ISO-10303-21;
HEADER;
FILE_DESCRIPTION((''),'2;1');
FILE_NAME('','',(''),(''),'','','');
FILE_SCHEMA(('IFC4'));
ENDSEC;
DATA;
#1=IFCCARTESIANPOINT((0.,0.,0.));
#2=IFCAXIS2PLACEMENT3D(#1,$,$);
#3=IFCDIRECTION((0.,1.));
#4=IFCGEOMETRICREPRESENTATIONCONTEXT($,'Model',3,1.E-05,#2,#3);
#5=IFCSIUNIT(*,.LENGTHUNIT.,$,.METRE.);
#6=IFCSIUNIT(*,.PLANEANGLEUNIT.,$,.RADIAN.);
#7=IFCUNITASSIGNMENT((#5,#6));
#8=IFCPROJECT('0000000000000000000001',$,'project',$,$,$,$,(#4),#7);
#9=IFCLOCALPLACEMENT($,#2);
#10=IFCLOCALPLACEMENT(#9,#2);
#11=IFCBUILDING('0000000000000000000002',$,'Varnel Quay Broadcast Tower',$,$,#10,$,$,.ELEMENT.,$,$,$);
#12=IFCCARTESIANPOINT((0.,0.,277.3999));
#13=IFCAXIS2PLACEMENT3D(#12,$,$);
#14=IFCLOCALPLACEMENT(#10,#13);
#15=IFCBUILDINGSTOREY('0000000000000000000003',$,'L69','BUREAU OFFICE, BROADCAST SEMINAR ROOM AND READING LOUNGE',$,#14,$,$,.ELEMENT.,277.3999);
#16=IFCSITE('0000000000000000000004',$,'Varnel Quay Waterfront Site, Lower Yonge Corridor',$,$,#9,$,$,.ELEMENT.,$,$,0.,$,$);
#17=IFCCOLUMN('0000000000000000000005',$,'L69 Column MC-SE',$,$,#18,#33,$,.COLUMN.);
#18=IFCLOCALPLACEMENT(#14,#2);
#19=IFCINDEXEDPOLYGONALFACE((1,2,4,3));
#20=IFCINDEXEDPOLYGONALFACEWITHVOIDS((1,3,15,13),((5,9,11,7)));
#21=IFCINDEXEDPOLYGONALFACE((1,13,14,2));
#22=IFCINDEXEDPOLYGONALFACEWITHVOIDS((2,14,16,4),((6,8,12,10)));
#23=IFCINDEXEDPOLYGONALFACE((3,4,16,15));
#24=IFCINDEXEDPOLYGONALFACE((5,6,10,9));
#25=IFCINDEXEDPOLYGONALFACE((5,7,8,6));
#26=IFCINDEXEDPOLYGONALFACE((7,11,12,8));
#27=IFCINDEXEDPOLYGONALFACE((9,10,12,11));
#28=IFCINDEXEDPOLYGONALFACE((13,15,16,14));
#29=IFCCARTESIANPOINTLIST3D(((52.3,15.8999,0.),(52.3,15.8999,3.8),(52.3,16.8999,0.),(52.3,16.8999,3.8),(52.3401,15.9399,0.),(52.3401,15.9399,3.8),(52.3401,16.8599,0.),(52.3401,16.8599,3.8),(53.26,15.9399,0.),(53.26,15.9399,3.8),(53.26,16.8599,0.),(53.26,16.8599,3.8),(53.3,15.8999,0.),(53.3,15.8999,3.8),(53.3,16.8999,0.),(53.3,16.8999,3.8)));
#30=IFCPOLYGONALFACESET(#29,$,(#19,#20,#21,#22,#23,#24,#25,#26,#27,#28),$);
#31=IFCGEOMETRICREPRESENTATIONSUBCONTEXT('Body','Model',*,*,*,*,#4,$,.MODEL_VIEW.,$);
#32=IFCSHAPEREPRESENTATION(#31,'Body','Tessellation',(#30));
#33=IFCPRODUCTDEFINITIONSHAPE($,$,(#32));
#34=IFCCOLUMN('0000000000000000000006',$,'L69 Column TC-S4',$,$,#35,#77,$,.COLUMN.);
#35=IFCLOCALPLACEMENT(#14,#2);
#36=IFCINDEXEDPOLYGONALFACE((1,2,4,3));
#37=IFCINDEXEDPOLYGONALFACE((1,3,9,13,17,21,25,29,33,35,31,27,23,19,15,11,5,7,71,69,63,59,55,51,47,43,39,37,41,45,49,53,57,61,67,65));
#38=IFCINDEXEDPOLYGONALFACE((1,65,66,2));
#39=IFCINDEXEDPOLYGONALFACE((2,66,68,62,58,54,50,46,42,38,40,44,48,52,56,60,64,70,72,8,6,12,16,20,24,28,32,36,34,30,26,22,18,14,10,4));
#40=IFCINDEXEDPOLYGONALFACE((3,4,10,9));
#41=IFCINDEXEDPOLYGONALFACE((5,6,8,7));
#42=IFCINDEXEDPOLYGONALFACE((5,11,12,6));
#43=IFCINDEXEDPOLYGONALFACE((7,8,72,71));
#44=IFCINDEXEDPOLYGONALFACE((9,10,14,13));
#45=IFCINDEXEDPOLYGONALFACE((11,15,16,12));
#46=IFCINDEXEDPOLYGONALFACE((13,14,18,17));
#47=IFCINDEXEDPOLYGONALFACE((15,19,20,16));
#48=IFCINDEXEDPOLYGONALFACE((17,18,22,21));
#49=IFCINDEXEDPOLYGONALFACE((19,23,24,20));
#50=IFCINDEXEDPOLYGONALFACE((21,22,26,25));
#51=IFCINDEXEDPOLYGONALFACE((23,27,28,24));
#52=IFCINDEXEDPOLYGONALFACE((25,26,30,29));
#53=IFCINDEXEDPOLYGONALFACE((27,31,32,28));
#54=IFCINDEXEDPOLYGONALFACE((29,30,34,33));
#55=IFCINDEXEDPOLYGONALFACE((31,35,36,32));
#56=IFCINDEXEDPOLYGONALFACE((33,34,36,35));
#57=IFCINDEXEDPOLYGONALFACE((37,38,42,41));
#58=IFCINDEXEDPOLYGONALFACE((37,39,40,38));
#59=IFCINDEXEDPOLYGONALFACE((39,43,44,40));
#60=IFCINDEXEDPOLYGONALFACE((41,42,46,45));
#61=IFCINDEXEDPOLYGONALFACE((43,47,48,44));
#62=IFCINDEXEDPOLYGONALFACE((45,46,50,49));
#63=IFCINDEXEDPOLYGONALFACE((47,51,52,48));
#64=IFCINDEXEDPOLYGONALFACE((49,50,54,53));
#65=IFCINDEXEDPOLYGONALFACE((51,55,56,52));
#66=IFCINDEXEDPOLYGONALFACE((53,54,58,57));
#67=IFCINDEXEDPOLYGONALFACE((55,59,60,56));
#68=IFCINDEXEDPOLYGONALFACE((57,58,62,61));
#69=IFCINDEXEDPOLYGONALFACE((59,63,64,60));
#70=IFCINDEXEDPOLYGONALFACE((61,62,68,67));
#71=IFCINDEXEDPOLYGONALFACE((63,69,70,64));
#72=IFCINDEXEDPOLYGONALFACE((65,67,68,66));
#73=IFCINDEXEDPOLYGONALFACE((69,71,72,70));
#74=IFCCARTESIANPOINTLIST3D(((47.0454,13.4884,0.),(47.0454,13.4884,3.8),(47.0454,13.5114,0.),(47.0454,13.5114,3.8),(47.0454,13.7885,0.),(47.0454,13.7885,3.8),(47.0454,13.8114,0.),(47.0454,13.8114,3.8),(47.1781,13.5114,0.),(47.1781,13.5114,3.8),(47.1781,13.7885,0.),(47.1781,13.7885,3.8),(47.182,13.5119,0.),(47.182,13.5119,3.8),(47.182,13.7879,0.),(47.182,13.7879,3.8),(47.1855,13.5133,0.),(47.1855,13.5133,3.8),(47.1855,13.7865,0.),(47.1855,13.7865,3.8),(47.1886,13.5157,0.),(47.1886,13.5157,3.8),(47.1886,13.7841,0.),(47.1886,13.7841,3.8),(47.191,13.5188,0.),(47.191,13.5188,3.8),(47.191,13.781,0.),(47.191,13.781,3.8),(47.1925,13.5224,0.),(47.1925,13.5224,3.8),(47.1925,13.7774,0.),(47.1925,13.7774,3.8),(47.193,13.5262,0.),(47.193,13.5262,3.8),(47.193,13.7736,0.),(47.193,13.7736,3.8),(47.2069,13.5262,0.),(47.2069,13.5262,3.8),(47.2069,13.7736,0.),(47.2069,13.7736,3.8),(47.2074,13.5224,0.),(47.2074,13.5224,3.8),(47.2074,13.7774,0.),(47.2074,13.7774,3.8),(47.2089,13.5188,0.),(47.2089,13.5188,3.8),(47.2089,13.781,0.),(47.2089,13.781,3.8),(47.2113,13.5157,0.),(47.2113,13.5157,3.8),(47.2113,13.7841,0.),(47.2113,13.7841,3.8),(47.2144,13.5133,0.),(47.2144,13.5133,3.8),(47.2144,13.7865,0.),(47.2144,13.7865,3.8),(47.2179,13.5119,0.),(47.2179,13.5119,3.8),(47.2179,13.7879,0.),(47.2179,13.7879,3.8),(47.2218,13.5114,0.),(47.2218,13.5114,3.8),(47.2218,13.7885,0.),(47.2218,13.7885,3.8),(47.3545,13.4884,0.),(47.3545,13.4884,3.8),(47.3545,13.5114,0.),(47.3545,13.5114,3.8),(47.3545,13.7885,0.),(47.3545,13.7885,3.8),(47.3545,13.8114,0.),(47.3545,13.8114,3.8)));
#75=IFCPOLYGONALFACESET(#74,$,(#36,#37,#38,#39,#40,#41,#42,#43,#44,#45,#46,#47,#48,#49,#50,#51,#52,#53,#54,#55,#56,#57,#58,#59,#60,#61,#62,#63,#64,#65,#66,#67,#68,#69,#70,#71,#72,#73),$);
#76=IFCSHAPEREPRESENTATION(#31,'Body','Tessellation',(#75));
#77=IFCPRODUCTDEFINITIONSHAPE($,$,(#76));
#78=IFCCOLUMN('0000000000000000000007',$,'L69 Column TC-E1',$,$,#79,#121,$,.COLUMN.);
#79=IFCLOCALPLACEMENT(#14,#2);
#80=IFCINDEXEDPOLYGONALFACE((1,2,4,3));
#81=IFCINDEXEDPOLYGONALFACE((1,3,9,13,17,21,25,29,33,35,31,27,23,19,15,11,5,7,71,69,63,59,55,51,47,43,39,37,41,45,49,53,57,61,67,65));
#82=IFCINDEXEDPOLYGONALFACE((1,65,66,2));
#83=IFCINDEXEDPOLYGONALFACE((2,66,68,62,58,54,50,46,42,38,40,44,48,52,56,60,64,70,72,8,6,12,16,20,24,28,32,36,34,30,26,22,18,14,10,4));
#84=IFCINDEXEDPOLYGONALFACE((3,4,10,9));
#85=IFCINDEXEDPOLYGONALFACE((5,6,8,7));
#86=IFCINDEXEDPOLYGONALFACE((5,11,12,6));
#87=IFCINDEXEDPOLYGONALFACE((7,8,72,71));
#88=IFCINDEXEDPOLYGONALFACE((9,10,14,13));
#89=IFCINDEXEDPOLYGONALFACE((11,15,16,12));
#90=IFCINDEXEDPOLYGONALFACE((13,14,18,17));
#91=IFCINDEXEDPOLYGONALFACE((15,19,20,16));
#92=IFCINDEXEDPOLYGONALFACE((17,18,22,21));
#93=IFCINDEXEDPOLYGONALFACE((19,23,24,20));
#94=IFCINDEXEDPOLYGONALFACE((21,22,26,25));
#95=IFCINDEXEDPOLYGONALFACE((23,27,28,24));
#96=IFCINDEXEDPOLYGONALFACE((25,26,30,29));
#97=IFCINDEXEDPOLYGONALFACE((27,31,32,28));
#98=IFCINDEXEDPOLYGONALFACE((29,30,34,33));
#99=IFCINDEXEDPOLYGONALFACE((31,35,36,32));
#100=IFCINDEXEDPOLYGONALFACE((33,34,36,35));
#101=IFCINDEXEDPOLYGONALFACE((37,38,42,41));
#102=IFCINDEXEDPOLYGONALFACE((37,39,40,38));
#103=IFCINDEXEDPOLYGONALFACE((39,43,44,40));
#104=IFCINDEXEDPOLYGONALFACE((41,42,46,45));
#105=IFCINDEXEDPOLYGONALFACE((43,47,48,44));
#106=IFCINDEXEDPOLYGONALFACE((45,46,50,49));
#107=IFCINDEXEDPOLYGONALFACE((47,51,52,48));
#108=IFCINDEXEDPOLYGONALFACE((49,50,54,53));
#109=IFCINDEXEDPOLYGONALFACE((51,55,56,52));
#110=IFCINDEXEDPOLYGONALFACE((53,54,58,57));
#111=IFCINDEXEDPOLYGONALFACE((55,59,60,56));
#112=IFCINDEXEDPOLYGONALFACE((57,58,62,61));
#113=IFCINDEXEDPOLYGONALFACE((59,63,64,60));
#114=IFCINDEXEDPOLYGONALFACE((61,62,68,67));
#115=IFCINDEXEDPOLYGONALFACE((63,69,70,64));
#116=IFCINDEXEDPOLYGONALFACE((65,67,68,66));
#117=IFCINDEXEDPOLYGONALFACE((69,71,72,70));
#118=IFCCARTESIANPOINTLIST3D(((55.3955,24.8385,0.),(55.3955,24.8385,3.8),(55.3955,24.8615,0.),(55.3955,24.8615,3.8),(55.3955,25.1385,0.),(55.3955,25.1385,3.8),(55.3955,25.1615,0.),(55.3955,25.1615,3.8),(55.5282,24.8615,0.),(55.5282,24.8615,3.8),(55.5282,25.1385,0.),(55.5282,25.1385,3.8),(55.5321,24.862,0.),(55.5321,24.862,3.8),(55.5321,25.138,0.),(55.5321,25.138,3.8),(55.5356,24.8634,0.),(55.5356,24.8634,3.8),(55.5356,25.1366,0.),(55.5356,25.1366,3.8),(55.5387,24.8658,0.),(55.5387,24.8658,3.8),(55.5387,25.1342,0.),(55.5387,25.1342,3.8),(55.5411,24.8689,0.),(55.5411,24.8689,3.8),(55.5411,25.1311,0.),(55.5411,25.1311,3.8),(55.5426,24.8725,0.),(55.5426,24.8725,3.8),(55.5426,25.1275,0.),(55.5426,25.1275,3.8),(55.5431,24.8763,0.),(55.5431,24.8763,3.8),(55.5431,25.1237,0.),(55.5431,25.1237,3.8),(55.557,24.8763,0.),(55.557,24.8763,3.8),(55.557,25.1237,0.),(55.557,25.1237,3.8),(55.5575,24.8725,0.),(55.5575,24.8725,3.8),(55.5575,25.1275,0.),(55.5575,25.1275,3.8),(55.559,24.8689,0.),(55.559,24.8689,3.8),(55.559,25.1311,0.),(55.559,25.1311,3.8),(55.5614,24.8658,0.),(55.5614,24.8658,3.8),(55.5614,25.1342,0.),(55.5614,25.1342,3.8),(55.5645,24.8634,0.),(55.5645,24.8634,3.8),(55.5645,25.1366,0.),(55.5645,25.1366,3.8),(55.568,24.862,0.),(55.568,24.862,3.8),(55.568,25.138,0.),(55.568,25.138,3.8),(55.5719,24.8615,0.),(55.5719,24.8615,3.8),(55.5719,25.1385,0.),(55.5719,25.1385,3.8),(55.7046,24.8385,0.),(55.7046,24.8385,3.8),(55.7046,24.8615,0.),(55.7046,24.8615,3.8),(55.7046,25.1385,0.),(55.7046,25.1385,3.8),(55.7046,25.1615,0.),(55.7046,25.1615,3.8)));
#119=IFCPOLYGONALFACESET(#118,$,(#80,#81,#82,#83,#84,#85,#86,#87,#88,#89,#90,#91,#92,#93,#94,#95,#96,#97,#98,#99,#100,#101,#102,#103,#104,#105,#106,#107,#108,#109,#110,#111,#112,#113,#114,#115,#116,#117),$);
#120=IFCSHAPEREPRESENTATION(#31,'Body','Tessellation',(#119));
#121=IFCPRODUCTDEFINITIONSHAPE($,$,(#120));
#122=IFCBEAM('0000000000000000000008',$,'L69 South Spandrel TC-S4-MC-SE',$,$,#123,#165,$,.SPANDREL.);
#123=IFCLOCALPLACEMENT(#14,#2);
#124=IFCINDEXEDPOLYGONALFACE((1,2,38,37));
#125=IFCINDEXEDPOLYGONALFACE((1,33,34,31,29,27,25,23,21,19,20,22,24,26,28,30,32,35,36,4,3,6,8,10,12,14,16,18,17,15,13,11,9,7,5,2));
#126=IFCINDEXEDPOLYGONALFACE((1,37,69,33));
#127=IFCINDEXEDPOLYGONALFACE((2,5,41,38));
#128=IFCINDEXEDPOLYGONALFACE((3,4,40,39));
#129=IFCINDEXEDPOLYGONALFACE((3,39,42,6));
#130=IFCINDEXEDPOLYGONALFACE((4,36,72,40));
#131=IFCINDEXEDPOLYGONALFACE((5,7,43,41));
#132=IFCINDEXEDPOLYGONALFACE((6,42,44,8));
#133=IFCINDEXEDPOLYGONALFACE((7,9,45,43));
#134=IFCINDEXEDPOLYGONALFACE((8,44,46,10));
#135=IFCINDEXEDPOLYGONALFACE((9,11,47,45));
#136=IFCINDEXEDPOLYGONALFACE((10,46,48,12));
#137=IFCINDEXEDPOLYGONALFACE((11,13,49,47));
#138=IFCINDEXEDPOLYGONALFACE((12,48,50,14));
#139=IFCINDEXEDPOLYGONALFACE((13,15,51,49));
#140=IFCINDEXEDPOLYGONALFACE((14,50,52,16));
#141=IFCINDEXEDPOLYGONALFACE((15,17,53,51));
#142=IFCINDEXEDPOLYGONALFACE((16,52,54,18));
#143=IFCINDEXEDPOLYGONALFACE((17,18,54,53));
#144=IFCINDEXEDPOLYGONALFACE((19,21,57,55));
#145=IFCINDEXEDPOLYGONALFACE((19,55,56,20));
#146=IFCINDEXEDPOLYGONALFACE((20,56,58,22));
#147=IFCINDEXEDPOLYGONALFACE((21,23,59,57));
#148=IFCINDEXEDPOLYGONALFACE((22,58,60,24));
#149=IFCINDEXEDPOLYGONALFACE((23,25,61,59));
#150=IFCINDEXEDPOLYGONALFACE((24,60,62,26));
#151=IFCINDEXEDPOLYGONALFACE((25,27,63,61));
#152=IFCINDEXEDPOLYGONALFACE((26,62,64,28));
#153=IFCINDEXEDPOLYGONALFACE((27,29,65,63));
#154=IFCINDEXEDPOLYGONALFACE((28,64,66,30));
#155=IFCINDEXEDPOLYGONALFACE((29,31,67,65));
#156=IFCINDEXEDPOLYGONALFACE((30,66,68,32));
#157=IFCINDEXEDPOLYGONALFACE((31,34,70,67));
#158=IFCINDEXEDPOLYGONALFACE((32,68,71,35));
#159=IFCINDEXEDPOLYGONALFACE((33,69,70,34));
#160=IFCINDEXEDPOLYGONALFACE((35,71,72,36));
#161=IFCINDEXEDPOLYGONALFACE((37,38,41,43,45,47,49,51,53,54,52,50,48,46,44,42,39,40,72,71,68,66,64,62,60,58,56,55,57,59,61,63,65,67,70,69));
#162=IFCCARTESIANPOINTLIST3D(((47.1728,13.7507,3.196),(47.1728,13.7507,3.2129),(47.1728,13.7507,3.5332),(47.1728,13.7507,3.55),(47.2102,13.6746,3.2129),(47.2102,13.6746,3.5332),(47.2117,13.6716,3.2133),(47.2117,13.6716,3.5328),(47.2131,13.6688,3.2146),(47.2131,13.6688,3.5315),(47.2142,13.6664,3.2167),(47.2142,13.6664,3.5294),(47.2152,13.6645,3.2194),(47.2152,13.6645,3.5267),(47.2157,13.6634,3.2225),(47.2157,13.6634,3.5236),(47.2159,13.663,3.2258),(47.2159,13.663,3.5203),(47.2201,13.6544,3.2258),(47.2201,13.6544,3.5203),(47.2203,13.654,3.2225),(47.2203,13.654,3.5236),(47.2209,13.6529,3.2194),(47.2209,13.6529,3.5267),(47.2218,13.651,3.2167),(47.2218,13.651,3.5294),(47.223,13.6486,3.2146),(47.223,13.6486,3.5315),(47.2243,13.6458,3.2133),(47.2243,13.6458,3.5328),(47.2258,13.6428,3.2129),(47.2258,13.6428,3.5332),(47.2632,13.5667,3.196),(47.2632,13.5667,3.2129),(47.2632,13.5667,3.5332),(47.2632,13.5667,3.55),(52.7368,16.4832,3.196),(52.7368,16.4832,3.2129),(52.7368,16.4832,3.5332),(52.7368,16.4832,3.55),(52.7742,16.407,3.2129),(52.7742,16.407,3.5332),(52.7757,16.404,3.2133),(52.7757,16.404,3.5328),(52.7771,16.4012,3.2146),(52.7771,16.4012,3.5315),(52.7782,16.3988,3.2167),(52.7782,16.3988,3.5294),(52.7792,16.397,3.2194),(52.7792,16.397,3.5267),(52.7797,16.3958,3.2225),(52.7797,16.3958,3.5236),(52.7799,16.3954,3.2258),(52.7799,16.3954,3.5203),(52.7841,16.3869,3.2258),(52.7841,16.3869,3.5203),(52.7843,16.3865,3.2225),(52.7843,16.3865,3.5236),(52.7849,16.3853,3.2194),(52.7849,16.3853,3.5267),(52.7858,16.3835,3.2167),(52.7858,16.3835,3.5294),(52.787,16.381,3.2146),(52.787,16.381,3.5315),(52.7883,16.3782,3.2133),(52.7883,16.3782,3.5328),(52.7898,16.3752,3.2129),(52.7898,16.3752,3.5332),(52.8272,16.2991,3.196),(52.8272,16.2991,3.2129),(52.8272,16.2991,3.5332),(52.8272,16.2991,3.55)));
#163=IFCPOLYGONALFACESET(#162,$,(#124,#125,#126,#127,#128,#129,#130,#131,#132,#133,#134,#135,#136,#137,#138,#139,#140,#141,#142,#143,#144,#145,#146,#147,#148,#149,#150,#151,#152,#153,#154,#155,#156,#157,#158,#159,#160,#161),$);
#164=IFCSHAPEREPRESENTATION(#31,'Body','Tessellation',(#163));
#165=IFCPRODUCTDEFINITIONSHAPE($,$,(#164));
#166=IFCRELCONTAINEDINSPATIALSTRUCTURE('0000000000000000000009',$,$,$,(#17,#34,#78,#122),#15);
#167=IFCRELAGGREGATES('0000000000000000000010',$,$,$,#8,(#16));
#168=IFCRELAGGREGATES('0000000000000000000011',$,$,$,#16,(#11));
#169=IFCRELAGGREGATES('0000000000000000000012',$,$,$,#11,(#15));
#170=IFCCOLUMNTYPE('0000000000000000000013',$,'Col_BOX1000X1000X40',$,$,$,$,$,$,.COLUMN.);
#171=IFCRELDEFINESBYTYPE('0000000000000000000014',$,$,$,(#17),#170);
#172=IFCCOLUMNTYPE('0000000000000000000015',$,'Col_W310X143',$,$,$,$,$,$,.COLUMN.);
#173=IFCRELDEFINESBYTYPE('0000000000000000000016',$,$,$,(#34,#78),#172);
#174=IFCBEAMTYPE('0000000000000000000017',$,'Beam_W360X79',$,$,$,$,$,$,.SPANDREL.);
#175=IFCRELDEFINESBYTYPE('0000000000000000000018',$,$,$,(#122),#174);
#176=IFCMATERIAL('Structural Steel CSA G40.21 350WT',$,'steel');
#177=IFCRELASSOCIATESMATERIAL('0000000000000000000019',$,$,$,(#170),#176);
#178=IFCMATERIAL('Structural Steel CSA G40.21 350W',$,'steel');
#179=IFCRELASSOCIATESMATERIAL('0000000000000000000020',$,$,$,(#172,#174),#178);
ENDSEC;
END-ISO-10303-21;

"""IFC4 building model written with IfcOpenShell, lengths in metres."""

from ifc_helpers import new_model, si_unit, direction, frame, origin, origin_2d, place, context, subcontext, project, spatial, hollow_rectangle, i_section, extrude, source, transform, mapped, material, material_profile, profile_set, type_object, type_shapes, element, save


model = new_model("IFC4")

# Units and contexts
model_context = context("Model", 3, precision=1e-05, world=origin(), true_north=direction((0.0, 1.0)))
body_context = subcontext(model_context, "Body", "Model", "MODEL_VIEW")
ifc_project = project(units=[si_unit("LENGTHUNIT", "METRE"), si_unit("PLANEANGLEUNIT", "RADIAN")], contexts=[model_context])

# Site, building, storey
site_placement = place(None, origin())
site = spatial("IfcSite", under=ifc_project, at=site_placement, Name="Varnel Quay Waterfront Site, Lower Yonge Corridor", CompositionType="ELEMENT", RefElevation=0.0)
building_placement = place(site_placement, origin())
building = spatial("IfcBuilding", under=site, at=building_placement, Name="Varnel Quay Broadcast Tower", CompositionType="ELEMENT")
storey_placement = place(building_placement, frame((0.0, 0.0, 277.3999)))
storey = spatial("IfcBuildingStorey", under=building, at=storey_placement, Name="L69", Description="BUREAU OFFICE, BROADCAST SEMINAR ROOM AND READING LOUNGE", CompositionType="ELEMENT", Elevation=277.3999)

# Columns
ifc_material_1 = material(Name="Structural Steel CSA G40.21 350WT", Category="steel")
ifc_material_profile_1 = material_profile(ifc_material_1, hollow_rectangle(XDim=1.0, YDim=1.0, WallThickness=0.04, at=origin_2d()), Name="BOX1000X1000X40")
ifc_profile_set_1 = profile_set([ifc_material_profile_1], Name="Structural Steel CSA G40.21 350WT")
column_type_1 = type_object("IfcColumnType", Name="Col_BOX1000X1000X40", PredefinedType="COLUMN", material=ifc_profile_set_1)
shared_shape_1 = source(origin(), body_context, "Body", "SweptSolid", [
    extrude(hollow_rectangle(XDim=1.0, YDim=1.0, WallThickness=0.04, at=origin_2d()), origin(), (0.0, 0.0, 1.0), 3.8),
])
type_shapes(column_type_1, [shared_shape_1])
column_placement = place(storey_placement, frame((52.8, 16.3999, 0.0), z_axis=(0.0, 0.0, 1.0), x_axis=(1.0, 0.0, 0.0)))
element("IfcColumn", 1, at=column_placement, inside=storey, type_object=column_type_1, Name="L69 Column MC-SE", PredefinedType="COLUMN", context=body_context, shape_type="MappedRepresentation", body=[
    mapped(shared_shape_1, transform((0.0, 0.0, 0.0), x_axis=(1.0, 0.0, 0.0), y_axis=(0.0, 1.0, 0.0), z_axis=(0.0, 0.0, 1.0), scale=1.0)),
])
ifc_material_2 = material(Name="Structural Steel CSA G40.21 350W", Category="steel")
ifc_material_profile_2 = material_profile(ifc_material_2, i_section(OverallWidth=0.3091, OverallDepth=0.323, WebThickness=0.0139, FlangeThickness=0.0229, FilletRadius=0.0149, at=origin_2d()), Name="W310X143")
ifc_profile_set_2 = profile_set([ifc_material_profile_2], Name="Structural Steel CSA G40.21 350W")
column_type_2 = type_object("IfcColumnType", Name="Col_W310X143", PredefinedType="COLUMN", material=ifc_profile_set_2)
shared_shape_2 = source(origin(), body_context, "Body", "SweptSolid", [
    extrude(i_section(OverallWidth=0.3091, OverallDepth=0.323, WebThickness=0.0139, FlangeThickness=0.0229, FilletRadius=0.0149, at=origin_2d()), origin(), (0.0, 0.0, 1.0), 3.8),
])
type_shapes(column_type_2, [shared_shape_2])
for number, where, z_axis, x_axis, name in (
    (2, (47.2, 13.6499, 0.0), (0.0, 0.0, 1.0), (1.0, 0.0, 0.0), "L69 Column TC-S4"),
    (3, (55.55, 25.0, 0.0), (0.0, 0.0, 1.0), (1.0, 0.0, 0.0), "L69 Column TC-E1"),
):
    element("IfcColumn", number, at=place(storey_placement, frame(where, z_axis=z_axis, x_axis=x_axis)), inside=storey, type_object=column_type_2, Name=name, PredefinedType="COLUMN", context=body_context, shape_type="MappedRepresentation", body=[
        mapped(shared_shape_2, transform((0.0, 0.0, 0.0), x_axis=(1.0, 0.0, 0.0), y_axis=(0.0, 1.0, 0.0), z_axis=(0.0, 0.0, 1.0), scale=1.0)),
    ])

# Beam
ifc_material_profile_3 = material_profile(ifc_material_2, i_section(OverallWidth=0.2051, OverallDepth=0.354, WebThickness=0.0095, FlangeThickness=0.0168, FilletRadius=0.0129, at=origin_2d()), Name="W360X79")
ifc_profile_set_3 = profile_set([ifc_material_profile_3], Name="Structural Steel CSA G40.21 350W")
beam_type = type_object("IfcBeamType", Name="Beam_W360X79", PredefinedType="SPANDREL", material=ifc_profile_set_3)
shared_shape_3 = source(origin(), body_context, "Body", "SweptSolid", [
    extrude(i_section(OverallWidth=0.2051, OverallDepth=0.354, WebThickness=0.0095, FlangeThickness=0.0168, FilletRadius=0.0129, at=origin_2d()), origin(), (0.0, 0.0, 1.0), 6.1987),
])
beam_1_placement = place(storey_placement, frame((47.218, 13.6587, 3.373), z_axis=(0.897602, 0.440806, 0.0), x_axis=(-0.440806, 0.897602, 0.0)))
element("IfcBeam", 4, at=beam_1_placement, inside=storey, type_object=beam_type, Name="L69 South Spandrel TC-S4-MC-SE", PredefinedType="SPANDREL", context=body_context, shape_type="MappedRepresentation", body=[
    mapped(shared_shape_3, transform((0.0, 0.0, 0.0), x_axis=(1.0, 0.0, 0.0), y_axis=(0.0, 1.0, 0.0), z_axis=(0.0, 0.0, 1.0), scale=1.0)),
])

save(model, "model.ifc")
